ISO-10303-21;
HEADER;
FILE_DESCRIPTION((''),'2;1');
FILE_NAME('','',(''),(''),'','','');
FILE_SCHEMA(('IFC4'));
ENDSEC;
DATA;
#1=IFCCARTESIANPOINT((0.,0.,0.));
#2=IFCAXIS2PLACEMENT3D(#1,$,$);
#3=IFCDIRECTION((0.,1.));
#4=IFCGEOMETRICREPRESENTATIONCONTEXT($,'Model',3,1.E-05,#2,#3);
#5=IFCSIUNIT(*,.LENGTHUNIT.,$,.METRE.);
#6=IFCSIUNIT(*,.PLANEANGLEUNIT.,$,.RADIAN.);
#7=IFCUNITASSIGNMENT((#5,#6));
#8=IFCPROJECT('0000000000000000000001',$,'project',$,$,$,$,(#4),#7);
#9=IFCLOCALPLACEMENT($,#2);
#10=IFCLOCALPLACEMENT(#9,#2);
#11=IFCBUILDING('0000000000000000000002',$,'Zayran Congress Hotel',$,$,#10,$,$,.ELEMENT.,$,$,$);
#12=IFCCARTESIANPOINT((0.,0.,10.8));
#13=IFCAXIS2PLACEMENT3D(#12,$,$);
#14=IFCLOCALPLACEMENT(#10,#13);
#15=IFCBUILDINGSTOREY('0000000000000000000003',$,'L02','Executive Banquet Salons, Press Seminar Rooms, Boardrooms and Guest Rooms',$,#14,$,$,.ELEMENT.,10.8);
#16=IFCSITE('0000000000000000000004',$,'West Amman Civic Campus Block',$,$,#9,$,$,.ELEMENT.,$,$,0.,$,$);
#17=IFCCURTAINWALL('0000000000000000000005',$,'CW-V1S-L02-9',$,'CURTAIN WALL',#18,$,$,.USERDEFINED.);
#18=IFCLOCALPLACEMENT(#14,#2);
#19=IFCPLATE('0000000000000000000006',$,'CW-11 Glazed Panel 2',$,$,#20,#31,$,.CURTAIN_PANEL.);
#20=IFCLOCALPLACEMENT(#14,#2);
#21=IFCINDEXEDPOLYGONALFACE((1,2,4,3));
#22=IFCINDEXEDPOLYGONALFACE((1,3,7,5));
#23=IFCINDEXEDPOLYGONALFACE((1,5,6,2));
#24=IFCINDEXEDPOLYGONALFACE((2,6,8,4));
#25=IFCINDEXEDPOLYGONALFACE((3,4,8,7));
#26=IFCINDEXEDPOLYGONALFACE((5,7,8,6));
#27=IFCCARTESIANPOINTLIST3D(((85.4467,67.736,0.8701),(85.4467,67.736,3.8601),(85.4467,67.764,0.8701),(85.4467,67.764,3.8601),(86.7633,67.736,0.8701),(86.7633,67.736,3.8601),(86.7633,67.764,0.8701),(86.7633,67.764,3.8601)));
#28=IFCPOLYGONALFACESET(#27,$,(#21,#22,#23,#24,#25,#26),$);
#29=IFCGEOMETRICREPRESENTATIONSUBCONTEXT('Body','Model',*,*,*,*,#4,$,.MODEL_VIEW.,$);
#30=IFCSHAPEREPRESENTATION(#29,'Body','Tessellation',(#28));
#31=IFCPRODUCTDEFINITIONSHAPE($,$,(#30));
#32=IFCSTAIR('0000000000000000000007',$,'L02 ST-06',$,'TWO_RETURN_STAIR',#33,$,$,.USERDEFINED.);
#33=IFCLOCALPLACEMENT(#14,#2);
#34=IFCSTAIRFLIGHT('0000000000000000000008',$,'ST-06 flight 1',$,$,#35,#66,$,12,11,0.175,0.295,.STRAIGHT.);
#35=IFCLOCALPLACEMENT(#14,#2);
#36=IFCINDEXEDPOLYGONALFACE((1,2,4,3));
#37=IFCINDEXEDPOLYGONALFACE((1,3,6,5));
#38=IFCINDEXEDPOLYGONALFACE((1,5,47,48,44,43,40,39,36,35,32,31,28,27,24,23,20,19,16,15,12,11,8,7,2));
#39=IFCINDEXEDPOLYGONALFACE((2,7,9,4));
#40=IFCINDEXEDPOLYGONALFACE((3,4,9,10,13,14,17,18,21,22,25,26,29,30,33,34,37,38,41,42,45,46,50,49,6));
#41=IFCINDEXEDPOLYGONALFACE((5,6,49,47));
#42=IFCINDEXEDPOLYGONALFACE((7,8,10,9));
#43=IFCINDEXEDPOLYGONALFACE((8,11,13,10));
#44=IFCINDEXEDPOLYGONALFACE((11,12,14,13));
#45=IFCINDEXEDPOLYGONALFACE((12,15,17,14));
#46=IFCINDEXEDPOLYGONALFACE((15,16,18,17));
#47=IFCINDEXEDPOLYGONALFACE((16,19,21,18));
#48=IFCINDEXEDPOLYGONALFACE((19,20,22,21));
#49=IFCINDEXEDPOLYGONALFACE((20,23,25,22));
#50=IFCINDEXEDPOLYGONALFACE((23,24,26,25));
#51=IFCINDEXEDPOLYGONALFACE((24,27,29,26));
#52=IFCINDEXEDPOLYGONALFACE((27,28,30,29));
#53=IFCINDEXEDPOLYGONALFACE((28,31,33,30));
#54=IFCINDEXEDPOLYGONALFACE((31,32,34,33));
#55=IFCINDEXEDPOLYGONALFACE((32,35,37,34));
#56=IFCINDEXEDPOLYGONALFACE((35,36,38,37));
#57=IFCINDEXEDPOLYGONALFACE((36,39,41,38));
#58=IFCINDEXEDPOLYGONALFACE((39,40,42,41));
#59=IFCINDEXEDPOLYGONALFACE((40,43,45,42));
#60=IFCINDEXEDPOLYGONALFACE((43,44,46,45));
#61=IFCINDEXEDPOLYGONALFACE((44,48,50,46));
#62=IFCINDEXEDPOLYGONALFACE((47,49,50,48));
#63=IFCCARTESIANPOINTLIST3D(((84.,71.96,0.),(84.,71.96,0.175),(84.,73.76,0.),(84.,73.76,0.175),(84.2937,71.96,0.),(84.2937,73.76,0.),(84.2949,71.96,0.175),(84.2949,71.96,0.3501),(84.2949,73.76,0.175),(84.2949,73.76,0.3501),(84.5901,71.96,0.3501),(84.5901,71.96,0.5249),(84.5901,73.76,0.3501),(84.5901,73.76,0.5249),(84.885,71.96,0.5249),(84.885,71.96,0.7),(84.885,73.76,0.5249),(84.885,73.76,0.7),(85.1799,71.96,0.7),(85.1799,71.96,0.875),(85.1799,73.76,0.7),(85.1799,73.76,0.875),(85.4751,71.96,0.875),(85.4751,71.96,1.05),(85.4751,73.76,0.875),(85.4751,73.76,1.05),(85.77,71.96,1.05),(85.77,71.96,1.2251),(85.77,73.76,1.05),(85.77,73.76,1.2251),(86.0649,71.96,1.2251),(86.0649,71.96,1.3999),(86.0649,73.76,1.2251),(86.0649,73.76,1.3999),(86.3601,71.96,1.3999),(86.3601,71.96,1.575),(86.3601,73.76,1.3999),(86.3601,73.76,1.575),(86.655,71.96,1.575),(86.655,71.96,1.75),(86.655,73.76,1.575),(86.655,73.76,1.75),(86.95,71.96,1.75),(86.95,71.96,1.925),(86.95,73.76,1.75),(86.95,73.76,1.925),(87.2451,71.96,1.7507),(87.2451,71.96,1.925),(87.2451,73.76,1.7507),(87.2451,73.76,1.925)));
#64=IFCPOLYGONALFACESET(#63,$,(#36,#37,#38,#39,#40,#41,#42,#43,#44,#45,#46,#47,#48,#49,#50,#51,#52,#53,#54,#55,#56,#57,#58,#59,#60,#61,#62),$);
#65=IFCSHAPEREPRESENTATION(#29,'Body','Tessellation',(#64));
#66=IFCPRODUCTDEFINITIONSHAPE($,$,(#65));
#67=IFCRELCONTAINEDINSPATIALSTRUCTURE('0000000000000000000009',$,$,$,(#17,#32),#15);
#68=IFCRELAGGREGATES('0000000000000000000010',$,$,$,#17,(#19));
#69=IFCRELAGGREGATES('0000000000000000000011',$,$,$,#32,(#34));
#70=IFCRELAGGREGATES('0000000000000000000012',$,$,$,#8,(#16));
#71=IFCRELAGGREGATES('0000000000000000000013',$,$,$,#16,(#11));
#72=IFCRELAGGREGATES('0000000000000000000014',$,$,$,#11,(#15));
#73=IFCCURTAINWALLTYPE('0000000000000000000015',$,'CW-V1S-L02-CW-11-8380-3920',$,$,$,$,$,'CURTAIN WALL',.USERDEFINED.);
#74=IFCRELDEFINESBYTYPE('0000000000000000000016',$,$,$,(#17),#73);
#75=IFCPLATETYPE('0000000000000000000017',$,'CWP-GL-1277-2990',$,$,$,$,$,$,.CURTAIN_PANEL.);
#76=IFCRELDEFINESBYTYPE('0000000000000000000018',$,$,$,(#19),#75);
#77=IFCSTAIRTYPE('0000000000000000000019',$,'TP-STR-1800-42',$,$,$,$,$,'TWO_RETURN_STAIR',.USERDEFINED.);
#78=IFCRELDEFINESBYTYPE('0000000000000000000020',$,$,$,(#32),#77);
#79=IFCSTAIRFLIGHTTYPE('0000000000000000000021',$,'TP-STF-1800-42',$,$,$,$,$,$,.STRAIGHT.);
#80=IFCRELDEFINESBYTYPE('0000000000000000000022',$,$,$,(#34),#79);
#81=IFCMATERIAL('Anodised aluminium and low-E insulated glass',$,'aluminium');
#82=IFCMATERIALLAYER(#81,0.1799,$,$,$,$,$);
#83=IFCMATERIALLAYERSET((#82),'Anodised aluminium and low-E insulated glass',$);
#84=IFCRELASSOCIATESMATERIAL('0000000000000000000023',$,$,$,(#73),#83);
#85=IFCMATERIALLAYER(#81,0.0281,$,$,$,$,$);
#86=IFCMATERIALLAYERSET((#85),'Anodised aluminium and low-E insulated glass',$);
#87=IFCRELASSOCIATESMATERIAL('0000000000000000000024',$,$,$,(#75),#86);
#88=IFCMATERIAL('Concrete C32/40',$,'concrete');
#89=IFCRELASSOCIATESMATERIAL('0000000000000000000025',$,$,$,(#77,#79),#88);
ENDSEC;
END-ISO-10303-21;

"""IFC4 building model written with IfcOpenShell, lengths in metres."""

from ifc_helpers import new_model, si_unit, direction, frame, origin, origin_2d, place, context, subcontext, project, spatial, polyline, rectangle, outline, extrude, material, layer, layer_set, type_object, element, aggregate, save


model = new_model("IFC4")

# Units and contexts
model_context = context("Model", 3, precision=1e-05, world=origin(), true_north=direction((0.0, 1.0)))
body_context = subcontext(model_context, "Body", "Model", "MODEL_VIEW")
ifc_project = project(units=[si_unit("LENGTHUNIT", "METRE"), si_unit("PLANEANGLEUNIT", "RADIAN")], contexts=[model_context])

# Site, building, storey
site_placement = place(None, origin())
site = spatial("IfcSite", under=ifc_project, at=site_placement, Name="West Amman Civic Campus Block", CompositionType="ELEMENT", RefElevation=0.0)
building_placement = place(site_placement, origin())
building = spatial("IfcBuilding", under=site, at=building_placement, Name="Zayran Congress Hotel", CompositionType="ELEMENT")
storey_placement = place(building_placement, frame((0.0, 0.0, 10.8)))
storey = spatial("IfcBuildingStorey", under=building, at=storey_placement, Name="L02", Description="Executive Banquet Salons, Press Seminar Rooms, Boardrooms and Guest Rooms", CompositionType="ELEMENT", Elevation=10.8)

# Shared definitions
ifc_material_1 = material(Name="Anodised aluminium and low-E insulated glass", Category="aluminium")

# Curtain wall
ifc_layer_1 = layer(ifc_material_1, 0.1799)
ifc_layer_set_1 = layer_set([ifc_layer_1], Name="Anodised aluminium and low-E insulated glass")
curtain_wall_type_1 = type_object("IfcCurtainWallType", Name="CW-V1S-L02-CW-11-8380-3920", ElementType="CURTAIN WALL", PredefinedType="USERDEFINED", material=ifc_layer_set_1)
curtain_wall_1_placement = place(storey_placement, origin())
curtain_wall_1 = element("IfcCurtainWall", 1, at=curtain_wall_1_placement, inside=storey, type_object=curtain_wall_type_1, Name="CW-V1S-L02-9", ObjectType="CURTAIN WALL", PredefinedType="USERDEFINED")

# Plate
ifc_layer_2 = layer(ifc_material_1, 0.0281)
ifc_layer_set_2 = layer_set([ifc_layer_2], Name="Anodised aluminium and low-E insulated glass")
plate_type_1 = type_object("IfcPlateType", Name="CWP-GL-1277-2990", PredefinedType="CURTAIN_PANEL", material=ifc_layer_set_2)
plate_1_placement = place(storey_placement, frame((86.105, 67.75, 0.8701), z_axis=(0.0, 0.0, 1.0), x_axis=(1.0, 0.0, 0.0)))
plate_1 = element("IfcPlate", 2, at=plate_1_placement, type_object=plate_type_1, Name="CW-11 Glazed Panel 2", PredefinedType="CURTAIN_PANEL", context=body_context, shape_type="SweptSolid", body=[
    extrude(rectangle(XDim=1.3167, YDim=0.0281, at=origin_2d()), origin(), (0.0, 0.0, 1.0), 2.99),
])
aggregate(curtain_wall_1, [plate_1])

# Stair, stair flight
ifc_material_2 = material(Name="Concrete C32/40", Category="concrete")
stair_type = type_object("IfcStairType", Name="TP-STR-1800-42", ElementType="TWO_RETURN_STAIR", PredefinedType="USERDEFINED", material=ifc_material_2)
stair_placement = place(storey_placement, origin())
stair = element("IfcStair", 3, at=stair_placement, inside=storey, type_object=stair_type, Name="L02 ST-06", ObjectType="TWO_RETURN_STAIR", PredefinedType="USERDEFINED")
stair_flight_type = type_object("IfcStairFlightType", Name="TP-STF-1800-42", PredefinedType="STRAIGHT", material=ifc_material_2)
stair_flight_placement = place(storey_placement, frame((84.0, 72.8601, 0.0), z_axis=(0.0, 0.0, 1.0), x_axis=(1.0, 0.0, 0.0)))
stair_flight = element("IfcStairFlight", 4, at=stair_flight_placement, type_object=stair_flight_type, Name="ST-06 flight 1", NumberOfRisers=12, NumberOfTreads=11, PredefinedType="STRAIGHT", RiserHeight=0.175, TreadLength=0.295, context=body_context, shape_type="SweptSolid", body=[
    extrude(outline(polyline([(0.0, 0.0), (0.0, 0.175), (0.2949, 0.175), (0.2949, 0.3501), (0.5901, 0.3501), (0.5901, 0.5249), (0.885, 0.5249), (0.885, 0.7), (1.1799, 0.7), (1.1799, 0.875), (1.4751, 0.875), (1.4751, 1.05), (1.77, 1.05), (1.77, 1.2251), (2.0649, 1.2251), (2.0649, 1.3999), (2.3601, 1.3999), (2.3601, 1.575), (2.655, 1.575), (2.655, 1.75), (2.95, 1.75), (2.95, 1.925), (3.2451, 1.925), (3.2451, 2.1001), (3.2451, 1.7507), (0.2937, 0.0), (0.0, 0.0)])), frame((0.0, 0.8999, 0.0), z_axis=(0.0, -1.0, 0.0), x_axis=(1.0, 0.0, 0.0)), (0.0, 0.0, 1.0), 1.8),
])
aggregate(stair, [stair_flight])

save(model, "model.ifc")
